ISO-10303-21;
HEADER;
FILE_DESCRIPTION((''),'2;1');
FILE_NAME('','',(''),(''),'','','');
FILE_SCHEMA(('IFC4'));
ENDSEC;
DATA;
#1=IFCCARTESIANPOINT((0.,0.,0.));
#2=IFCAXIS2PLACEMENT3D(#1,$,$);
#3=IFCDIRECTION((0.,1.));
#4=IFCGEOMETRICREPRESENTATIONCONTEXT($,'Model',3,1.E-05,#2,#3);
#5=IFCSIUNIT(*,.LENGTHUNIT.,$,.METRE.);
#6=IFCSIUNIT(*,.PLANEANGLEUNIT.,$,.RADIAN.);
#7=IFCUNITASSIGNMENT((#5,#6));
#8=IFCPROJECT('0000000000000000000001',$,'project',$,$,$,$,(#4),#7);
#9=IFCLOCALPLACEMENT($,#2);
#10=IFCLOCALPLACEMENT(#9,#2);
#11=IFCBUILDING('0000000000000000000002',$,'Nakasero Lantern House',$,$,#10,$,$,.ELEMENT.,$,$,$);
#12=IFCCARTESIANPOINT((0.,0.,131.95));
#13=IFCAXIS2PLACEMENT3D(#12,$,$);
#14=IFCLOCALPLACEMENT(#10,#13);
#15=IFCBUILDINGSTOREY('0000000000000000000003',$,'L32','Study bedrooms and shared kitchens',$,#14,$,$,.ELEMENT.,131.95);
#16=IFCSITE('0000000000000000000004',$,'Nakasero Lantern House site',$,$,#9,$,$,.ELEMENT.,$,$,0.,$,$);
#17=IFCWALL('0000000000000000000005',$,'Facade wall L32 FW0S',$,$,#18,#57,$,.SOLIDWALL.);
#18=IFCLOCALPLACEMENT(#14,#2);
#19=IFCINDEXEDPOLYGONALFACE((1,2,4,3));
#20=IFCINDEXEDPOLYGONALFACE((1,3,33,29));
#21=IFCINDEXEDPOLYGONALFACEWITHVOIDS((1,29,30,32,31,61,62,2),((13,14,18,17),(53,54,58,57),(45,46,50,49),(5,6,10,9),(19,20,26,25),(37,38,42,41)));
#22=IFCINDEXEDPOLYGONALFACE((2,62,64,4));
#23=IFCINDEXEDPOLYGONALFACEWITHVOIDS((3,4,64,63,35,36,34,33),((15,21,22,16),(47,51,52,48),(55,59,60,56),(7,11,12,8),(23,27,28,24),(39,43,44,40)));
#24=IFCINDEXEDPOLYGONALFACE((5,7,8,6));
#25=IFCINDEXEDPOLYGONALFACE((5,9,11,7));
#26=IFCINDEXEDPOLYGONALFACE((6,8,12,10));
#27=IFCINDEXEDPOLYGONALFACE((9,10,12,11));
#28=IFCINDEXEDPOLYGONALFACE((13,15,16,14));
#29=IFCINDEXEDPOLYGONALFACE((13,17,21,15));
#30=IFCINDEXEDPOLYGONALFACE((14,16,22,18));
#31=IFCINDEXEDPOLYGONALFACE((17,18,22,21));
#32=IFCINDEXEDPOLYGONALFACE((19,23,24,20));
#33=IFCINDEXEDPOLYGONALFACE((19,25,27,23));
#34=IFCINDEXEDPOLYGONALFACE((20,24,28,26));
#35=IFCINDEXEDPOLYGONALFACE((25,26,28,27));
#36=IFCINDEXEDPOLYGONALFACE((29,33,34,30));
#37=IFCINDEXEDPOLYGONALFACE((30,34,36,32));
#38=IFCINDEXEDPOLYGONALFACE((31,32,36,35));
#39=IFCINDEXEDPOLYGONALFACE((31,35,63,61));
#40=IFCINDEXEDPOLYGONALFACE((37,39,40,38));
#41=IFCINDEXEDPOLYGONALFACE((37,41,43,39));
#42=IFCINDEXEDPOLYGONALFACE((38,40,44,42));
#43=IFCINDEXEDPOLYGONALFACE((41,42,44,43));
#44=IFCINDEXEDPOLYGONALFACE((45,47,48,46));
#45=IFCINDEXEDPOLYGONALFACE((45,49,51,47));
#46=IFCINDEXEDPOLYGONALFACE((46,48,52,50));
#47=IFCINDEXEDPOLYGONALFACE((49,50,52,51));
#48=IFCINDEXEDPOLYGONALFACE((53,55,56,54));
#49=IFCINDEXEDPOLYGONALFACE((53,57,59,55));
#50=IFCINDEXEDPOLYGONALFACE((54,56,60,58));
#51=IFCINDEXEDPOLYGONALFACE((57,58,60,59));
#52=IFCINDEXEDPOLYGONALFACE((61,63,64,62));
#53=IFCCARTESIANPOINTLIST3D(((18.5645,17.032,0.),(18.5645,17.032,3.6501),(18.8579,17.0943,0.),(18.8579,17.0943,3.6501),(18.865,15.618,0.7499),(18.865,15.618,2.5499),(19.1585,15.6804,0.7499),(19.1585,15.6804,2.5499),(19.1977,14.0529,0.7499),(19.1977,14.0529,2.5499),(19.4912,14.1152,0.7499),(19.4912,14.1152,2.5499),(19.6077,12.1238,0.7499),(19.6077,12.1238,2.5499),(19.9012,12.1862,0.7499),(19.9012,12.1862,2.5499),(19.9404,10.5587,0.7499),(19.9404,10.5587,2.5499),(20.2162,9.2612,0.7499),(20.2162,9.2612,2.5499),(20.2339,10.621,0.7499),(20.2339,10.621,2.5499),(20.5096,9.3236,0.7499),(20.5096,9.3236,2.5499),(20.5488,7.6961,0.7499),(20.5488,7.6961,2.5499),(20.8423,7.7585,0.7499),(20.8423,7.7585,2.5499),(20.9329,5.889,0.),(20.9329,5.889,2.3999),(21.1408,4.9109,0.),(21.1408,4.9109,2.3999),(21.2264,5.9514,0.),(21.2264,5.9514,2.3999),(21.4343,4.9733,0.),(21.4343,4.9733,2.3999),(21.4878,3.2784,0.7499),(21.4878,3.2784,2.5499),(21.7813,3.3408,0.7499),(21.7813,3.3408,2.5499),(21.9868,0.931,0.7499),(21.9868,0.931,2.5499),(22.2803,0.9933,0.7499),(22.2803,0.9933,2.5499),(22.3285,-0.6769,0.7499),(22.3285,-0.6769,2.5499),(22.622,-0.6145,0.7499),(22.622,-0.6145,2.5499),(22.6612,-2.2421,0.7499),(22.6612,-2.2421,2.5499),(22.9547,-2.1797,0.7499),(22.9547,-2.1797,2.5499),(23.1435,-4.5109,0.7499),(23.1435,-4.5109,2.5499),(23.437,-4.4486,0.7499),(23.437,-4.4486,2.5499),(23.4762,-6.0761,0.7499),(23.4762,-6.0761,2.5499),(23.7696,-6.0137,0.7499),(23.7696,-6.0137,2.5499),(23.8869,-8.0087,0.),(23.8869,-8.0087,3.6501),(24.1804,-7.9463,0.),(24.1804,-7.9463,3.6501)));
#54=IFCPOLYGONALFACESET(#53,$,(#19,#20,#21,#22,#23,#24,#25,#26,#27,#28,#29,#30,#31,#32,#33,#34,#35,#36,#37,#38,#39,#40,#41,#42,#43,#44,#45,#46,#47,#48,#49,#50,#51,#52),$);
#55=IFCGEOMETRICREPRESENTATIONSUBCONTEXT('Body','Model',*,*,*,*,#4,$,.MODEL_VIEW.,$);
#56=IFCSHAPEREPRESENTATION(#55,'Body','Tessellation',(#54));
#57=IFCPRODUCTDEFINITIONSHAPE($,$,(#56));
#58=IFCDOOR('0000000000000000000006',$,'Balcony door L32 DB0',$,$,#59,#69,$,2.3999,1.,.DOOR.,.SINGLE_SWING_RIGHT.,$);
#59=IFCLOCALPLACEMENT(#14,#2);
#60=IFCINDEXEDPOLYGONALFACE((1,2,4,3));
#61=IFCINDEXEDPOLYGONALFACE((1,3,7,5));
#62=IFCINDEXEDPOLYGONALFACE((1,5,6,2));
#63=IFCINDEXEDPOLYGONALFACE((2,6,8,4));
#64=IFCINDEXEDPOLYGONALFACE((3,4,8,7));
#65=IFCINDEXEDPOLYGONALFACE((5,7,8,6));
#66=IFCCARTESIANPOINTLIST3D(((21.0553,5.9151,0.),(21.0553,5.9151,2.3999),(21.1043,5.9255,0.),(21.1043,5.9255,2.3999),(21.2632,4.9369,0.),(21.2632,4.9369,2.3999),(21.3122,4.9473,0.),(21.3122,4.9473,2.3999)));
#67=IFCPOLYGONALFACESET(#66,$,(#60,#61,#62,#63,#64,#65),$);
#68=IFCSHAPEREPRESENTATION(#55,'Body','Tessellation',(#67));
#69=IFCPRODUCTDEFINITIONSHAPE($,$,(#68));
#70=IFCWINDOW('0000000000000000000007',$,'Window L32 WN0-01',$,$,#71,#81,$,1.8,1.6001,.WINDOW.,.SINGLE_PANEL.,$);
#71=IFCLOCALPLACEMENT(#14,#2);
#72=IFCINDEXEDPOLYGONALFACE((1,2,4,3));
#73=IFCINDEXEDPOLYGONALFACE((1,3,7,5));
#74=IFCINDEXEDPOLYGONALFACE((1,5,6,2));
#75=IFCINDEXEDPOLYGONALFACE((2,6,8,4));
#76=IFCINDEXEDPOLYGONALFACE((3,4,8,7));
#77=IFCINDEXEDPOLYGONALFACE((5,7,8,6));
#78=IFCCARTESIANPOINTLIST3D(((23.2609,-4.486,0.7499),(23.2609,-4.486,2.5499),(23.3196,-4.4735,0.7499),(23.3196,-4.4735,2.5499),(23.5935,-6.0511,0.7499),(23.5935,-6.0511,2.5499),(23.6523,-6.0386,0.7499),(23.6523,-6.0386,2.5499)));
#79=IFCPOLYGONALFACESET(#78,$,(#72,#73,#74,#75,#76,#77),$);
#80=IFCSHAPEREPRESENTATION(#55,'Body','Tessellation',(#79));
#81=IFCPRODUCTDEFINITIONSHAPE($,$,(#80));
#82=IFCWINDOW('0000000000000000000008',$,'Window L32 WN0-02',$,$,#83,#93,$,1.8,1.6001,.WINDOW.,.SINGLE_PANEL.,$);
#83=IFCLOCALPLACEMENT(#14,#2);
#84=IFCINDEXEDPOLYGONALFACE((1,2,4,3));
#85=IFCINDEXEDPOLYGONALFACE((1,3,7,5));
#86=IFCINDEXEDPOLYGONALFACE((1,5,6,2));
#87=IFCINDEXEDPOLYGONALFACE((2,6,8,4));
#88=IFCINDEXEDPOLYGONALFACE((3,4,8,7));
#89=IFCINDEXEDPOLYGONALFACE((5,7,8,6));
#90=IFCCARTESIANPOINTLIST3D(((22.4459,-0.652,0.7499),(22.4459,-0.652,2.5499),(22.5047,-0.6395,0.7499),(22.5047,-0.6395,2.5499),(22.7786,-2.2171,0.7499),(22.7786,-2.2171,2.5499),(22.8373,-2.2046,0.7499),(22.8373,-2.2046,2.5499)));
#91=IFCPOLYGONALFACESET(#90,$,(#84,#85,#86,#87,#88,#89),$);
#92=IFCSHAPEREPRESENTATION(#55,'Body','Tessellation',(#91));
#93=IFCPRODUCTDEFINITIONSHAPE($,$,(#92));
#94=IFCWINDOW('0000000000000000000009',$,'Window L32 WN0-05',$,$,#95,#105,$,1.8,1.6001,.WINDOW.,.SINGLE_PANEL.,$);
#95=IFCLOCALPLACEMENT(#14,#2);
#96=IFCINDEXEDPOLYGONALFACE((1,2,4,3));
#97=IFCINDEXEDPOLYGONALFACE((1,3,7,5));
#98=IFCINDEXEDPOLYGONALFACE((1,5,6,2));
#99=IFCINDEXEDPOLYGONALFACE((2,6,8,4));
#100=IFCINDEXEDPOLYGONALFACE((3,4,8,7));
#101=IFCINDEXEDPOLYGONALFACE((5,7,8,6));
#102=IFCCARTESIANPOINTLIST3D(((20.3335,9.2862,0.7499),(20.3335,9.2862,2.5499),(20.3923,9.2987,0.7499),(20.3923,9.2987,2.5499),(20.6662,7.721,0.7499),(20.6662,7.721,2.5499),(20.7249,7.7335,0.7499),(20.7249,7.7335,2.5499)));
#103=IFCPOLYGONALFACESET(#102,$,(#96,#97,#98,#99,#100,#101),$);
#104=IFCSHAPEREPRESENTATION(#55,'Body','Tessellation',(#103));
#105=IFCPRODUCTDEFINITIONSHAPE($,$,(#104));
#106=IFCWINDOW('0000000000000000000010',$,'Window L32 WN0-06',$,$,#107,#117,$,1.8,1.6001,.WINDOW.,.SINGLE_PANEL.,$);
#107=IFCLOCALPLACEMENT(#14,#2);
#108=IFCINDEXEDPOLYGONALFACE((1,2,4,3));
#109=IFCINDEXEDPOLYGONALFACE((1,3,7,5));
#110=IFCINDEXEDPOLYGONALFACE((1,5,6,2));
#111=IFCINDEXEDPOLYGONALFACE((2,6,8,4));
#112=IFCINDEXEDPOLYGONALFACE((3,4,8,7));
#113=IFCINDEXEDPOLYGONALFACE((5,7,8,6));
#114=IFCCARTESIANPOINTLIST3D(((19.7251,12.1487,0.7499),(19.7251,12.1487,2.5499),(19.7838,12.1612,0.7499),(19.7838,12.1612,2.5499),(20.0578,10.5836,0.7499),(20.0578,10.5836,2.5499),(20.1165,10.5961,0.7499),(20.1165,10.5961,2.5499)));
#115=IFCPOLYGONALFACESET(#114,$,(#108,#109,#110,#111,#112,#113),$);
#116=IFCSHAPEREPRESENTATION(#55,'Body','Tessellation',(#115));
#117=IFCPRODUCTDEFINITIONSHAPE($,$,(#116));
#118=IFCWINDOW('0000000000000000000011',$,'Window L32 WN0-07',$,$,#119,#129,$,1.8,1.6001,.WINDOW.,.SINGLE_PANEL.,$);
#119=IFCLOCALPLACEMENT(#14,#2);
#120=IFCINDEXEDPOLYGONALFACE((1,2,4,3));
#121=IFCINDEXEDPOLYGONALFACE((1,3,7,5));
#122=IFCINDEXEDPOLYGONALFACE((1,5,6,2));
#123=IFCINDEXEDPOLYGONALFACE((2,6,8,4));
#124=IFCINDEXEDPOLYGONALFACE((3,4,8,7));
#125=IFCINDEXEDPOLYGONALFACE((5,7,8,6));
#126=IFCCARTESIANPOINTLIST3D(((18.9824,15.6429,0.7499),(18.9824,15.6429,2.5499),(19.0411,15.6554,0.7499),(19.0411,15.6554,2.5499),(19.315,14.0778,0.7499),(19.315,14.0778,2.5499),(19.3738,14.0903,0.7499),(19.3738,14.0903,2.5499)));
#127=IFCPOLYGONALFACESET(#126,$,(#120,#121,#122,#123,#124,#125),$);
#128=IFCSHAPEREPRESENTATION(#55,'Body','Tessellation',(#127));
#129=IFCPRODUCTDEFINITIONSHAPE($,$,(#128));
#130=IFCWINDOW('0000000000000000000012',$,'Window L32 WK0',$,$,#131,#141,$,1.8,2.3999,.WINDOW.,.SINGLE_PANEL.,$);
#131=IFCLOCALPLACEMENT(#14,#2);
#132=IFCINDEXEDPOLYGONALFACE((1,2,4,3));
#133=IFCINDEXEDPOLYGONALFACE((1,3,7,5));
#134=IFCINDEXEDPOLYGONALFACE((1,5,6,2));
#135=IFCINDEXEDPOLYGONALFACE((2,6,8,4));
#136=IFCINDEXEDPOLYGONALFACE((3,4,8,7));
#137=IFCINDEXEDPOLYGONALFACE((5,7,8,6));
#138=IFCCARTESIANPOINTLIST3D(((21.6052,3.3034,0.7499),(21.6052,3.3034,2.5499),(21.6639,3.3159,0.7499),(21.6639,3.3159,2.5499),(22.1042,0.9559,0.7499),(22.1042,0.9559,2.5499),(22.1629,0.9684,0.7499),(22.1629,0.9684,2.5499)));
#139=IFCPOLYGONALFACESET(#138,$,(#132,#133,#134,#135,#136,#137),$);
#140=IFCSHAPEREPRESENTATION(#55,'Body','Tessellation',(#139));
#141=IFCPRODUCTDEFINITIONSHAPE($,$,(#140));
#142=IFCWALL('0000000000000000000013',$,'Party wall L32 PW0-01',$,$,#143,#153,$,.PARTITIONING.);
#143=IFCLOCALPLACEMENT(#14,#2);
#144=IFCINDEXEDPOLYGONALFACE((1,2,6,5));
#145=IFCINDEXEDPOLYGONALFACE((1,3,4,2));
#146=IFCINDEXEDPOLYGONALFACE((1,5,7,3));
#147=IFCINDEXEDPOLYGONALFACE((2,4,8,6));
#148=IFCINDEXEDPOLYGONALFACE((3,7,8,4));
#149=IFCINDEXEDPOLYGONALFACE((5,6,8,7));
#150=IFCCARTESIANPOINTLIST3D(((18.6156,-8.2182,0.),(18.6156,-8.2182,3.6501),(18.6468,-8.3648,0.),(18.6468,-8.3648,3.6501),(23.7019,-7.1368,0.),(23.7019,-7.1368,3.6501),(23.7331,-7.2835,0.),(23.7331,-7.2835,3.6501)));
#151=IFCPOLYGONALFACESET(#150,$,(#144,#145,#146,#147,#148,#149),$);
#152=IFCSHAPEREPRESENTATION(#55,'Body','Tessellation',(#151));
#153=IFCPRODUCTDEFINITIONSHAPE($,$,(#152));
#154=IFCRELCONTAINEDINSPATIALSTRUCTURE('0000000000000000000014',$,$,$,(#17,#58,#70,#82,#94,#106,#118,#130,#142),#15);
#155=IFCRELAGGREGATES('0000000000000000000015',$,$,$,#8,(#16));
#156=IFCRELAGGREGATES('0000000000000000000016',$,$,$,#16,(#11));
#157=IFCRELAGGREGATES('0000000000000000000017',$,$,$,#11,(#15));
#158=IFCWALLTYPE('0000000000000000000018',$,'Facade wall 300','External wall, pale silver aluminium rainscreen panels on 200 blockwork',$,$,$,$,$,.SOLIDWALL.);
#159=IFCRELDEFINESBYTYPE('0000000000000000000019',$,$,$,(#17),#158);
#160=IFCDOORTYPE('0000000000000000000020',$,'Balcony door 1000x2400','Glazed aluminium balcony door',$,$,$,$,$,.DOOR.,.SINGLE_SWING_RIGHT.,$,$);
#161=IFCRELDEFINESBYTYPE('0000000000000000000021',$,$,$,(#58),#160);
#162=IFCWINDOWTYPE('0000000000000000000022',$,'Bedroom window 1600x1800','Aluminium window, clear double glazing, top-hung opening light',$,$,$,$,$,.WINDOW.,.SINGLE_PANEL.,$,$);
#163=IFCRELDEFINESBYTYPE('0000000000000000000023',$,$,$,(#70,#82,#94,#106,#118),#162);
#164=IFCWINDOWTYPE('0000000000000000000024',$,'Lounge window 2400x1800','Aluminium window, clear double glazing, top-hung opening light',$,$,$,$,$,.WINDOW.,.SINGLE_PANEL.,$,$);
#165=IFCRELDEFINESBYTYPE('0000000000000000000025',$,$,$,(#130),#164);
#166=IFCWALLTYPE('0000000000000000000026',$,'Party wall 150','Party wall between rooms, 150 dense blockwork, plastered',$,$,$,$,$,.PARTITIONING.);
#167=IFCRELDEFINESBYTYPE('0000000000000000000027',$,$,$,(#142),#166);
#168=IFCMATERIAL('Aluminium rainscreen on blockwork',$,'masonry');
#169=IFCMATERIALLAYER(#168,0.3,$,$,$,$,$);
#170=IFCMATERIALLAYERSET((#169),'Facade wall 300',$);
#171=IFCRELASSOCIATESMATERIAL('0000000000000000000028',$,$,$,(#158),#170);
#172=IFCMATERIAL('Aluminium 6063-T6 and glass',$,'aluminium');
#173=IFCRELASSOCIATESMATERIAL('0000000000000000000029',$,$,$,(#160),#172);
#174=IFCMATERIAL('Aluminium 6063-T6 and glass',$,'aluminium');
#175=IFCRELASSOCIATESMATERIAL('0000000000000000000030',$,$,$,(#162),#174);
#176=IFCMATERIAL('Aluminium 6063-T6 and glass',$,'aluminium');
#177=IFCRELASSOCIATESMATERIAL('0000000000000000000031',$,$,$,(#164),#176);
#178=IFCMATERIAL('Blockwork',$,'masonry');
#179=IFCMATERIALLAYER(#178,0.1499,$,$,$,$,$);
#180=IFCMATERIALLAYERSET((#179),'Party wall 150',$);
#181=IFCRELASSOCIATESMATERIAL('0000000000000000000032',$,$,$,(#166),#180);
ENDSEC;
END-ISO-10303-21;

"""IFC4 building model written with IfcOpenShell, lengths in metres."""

from ifc_helpers import new_model, si_unit, direction, frame, frame_2d, origin, place, context, subcontext, project, spatial, rectangle, extrude, material, layer, layer_set, type_object, element, fill, save


model = new_model("IFC4")

# Units and contexts
model_context = context("Model", 3, precision=1e-05, world=origin(), true_north=direction((0.0, 1.0)))
body_context = subcontext(model_context, "Body", "Model", "MODEL_VIEW")
ifc_project = project(units=[si_unit("LENGTHUNIT", "METRE"), si_unit("PLANEANGLEUNIT", "RADIAN")], contexts=[model_context])

# Site, building, storey
site_placement = place(None, origin())
site = spatial("IfcSite", under=ifc_project, at=site_placement, Name="Nakasero Lantern House site", CompositionType="ELEMENT", RefElevation=0.0)
building_placement = place(site_placement, origin())
building = spatial("IfcBuilding", under=site, at=building_placement, Name="Nakasero Lantern House", CompositionType="ELEMENT")
storey_placement = place(building_placement, frame((0.0, 0.0, 131.95)))
storey = spatial("IfcBuildingStorey", under=building, at=storey_placement, Name="L32", Description="Study bedrooms and shared kitchens", CompositionType="ELEMENT", Elevation=131.95)

# Wall, openings, door, windows
ifc_material_1 = material(Name="Aluminium rainscreen on blockwork", Category="masonry")
ifc_layer_1 = layer(ifc_material_1, 0.3)
ifc_layer_set_1 = layer_set([ifc_layer_1], Name="Facade wall 300")
wall_type_1 = type_object("IfcWallType", Name="Facade wall 300", Description="External wall, pale silver aluminium rainscreen panels on 200 blockwork", PredefinedType="SOLIDWALL", material=ifc_layer_set_1)
wall_1_placement = place(storey_placement, frame((24.0337, -7.9775, 0.0), z_axis=(0.0, 0.0, 1.0), x_axis=(-0.207909, 0.978148, 0.0)))
wall_1 = element("IfcWall", 1, at=wall_1_placement, inside=storey, type_object=wall_type_1, Name="Facade wall L32 FW0S", PredefinedType="SOLIDWALL", context=body_context, shape_type="SweptSolid", body=[
    extrude(rectangle(XDim=25.6001, YDim=0.3, at=frame_2d((12.8, 0.0))), origin(), (0.0, 0.0, 1.0), 3.6501),
])
opening_1_placement = place(wall_1_placement, frame((1.9758, 0.0, 0.75)))
opening_1 = element("IfcOpeningElement", 2, at=opening_1_placement, cuts=wall_1, PredefinedType="OPENING", context=body_context, shape_type="SweptSolid", body=[
    extrude(rectangle(XDim=1.6001, YDim=1.8, at=frame_2d((0.8, 0.8999))), frame((0.0, 0.1699, 0.0), z_axis=(0.0, -1.0, 0.0), x_axis=(1.0, 0.0, 0.0)), (0.0, 0.0, 1.0), 0.3401),
])
opening_2_placement = place(wall_1_placement, frame((5.8955, 0.0, 0.75)))
opening_2 = element("IfcOpeningElement", 3, at=opening_2_placement, cuts=wall_1, PredefinedType="OPENING", context=body_context, shape_type="SweptSolid", body=[
    extrude(rectangle(XDim=1.6001, YDim=1.8, at=frame_2d((0.8, 0.8999))), frame((0.0, 0.1699, 0.0), z_axis=(0.0, -1.0, 0.0), x_axis=(1.0, 0.0, 0.0)), (0.0, 0.0, 1.0), 0.3401),
])
opening_3_placement = place(wall_1_placement, frame((16.0557, 0.0, 0.75)))
opening_3 = element("IfcOpeningElement", 4, at=opening_3_placement, cuts=wall_1, PredefinedType="OPENING", context=body_context, shape_type="SweptSolid", body=[
    extrude(rectangle(XDim=1.6001, YDim=1.8, at=frame_2d((0.8, 0.8999))), frame((0.0, 0.1699, 0.0), z_axis=(0.0, -1.0, 0.0), x_axis=(1.0, 0.0, 0.0)), (0.0, 0.0, 1.0), 0.3401),
])
opening_4_placement = place(wall_1_placement, frame((18.9822, 0.0, 0.75)))
opening_4 = element("IfcOpeningElement", 5, at=opening_4_placement, cuts=wall_1, PredefinedType="OPENING", context=body_context, shape_type="SweptSolid", body=[
    extrude(rectangle(XDim=1.6001, YDim=1.8, at=frame_2d((0.8, 0.8999))), frame((0.0, 0.1699, 0.0), z_axis=(0.0, -1.0, 0.0), x_axis=(1.0, 0.0, 0.0)), (0.0, 0.0, 1.0), 0.3401),
])
opening_5_placement = place(wall_1_placement, frame((22.5544, 0.0, 0.75)))
opening_5 = element("IfcOpeningElement", 6, at=opening_5_placement, cuts=wall_1, PredefinedType="OPENING", context=body_context, shape_type="SweptSolid", body=[
    extrude(rectangle(XDim=1.6001, YDim=1.8, at=frame_2d((0.8, 0.8999))), frame((0.0, 0.1699, 0.0), z_axis=(0.0, -1.0, 0.0), x_axis=(1.0, 0.0, 0.0)), (0.0, 0.0, 1.0), 0.3401),
])
opening_6_placement = place(wall_1_placement, frame((9.1394, 0.0, 0.75)))
opening_6 = element("IfcOpeningElement", 7, at=opening_6_placement, cuts=wall_1, PredefinedType="OPENING", context=body_context, shape_type="SweptSolid", body=[
    extrude(rectangle(XDim=2.3999, YDim=1.8, at=frame_2d((1.2, 0.8999))), frame((0.0, 0.1699, 0.0), z_axis=(0.0, -1.0, 0.0), x_axis=(1.0, 0.0, 0.0)), (0.0, 0.0, 1.0), 0.3401),
])
opening_7_placement = place(wall_1_placement, frame((13.2083, 0.0, 0.0)))
opening_7 = element("IfcOpeningElement", 8, at=opening_7_placement, cuts=wall_1, PredefinedType="OPENING", context=body_context, shape_type="SweptSolid", body=[
    extrude(rectangle(XDim=1.0, YDim=2.3999, at=frame_2d((0.5, 1.2))), frame((0.0, 0.1699, 0.0), z_axis=(0.0, -1.0, 0.0), x_axis=(1.0, 0.0, 0.0)), (0.0, 0.0, 1.0), 0.3401),
])
ifc_material_2 = material(Name="Aluminium 6063-T6 and glass", Category="aluminium")
door_type_1 = type_object("IfcDoorType", Name="Balcony door 1000x2400", Description="Glazed aluminium balcony door", OperationType="SINGLE_SWING_RIGHT", PredefinedType="DOOR", material=ifc_material_2)
door_1_placement = place(opening_7_placement, origin())
door_1 = element("IfcDoor", 9, at=door_1_placement, inside=storey, type_object=door_type_1, Name="Balcony door L32 DB0", OperationType="SINGLE_SWING_RIGHT", OverallHeight=2.3999, OverallWidth=1.0, PredefinedType="DOOR", context=body_context, shape_type="SweptSolid", body=[
    extrude(rectangle(XDim=1.0, YDim=2.3999, at=frame_2d((0.5, 1.2))), frame((0.0, 0.0249, 0.0), z_axis=(0.0, -1.0, 0.0), x_axis=(1.0, 0.0, 0.0)), (0.0, 0.0, 1.0), 0.05),
])
fill(opening_7, door_1)
ifc_material_3 = material(Name="Aluminium 6063-T6 and glass", Category="aluminium")
window_type_1 = type_object("IfcWindowType", Name="Bedroom window 1600x1800", Description="Aluminium window, clear double glazing, top-hung opening light", PartitioningType="SINGLE_PANEL", PredefinedType="WINDOW", material=ifc_material_3)
window_1_placement = place(opening_1_placement, origin())
window_1 = element("IfcWindow", 10, at=window_1_placement, inside=storey, type_object=window_type_1, Name="Window L32 WN0-01", OverallHeight=1.8, OverallWidth=1.6001, PartitioningType="SINGLE_PANEL", PredefinedType="WINDOW", context=body_context, shape_type="SweptSolid", body=[
    extrude(rectangle(XDim=1.6001, YDim=1.8, at=frame_2d((0.8, 0.8999))), frame((0.0, 0.03, 0.0), z_axis=(0.0, -1.0, 0.0), x_axis=(1.0, 0.0, 0.0)), (0.0, 0.0, 1.0), 0.0601),
])
fill(opening_1, window_1)
window_2_placement = place(opening_2_placement, origin())
window_2 = element("IfcWindow", 11, at=window_2_placement, inside=storey, type_object=window_type_1, Name="Window L32 WN0-02", OverallHeight=1.8, OverallWidth=1.6001, PartitioningType="SINGLE_PANEL", PredefinedType="WINDOW", context=body_context, shape_type="SweptSolid", body=[
    extrude(rectangle(XDim=1.6001, YDim=1.8, at=frame_2d((0.8, 0.8999))), frame((0.0, 0.03, 0.0), z_axis=(0.0, -1.0, 0.0), x_axis=(1.0, 0.0, 0.0)), (0.0, 0.0, 1.0), 0.0601),
])
fill(opening_2, window_2)
window_3_placement = place(opening_3_placement, origin())
window_3 = element("IfcWindow", 12, at=window_3_placement, inside=storey, type_object=window_type_1, Name="Window L32 WN0-05", OverallHeight=1.8, OverallWidth=1.6001, PartitioningType="SINGLE_PANEL", PredefinedType="WINDOW", context=body_context, shape_type="SweptSolid", body=[
    extrude(rectangle(XDim=1.6001, YDim=1.8, at=frame_2d((0.8, 0.8999))), frame((0.0, 0.03, 0.0), z_axis=(0.0, -1.0, 0.0), x_axis=(1.0, 0.0, 0.0)), (0.0, 0.0, 1.0), 0.0601),
])
fill(opening_3, window_3)
window_4_placement = place(opening_4_placement, origin())
window_4 = element("IfcWindow", 13, at=window_4_placement, inside=storey, type_object=window_type_1, Name="Window L32 WN0-06", OverallHeight=1.8, OverallWidth=1.6001, PartitioningType="SINGLE_PANEL", PredefinedType="WINDOW", context=body_context, shape_type="SweptSolid", body=[
    extrude(rectangle(XDim=1.6001, YDim=1.8, at=frame_2d((0.8, 0.8999))), frame((0.0, 0.03, 0.0), z_axis=(0.0, -1.0, 0.0), x_axis=(1.0, 0.0, 0.0)), (0.0, 0.0, 1.0), 0.0601),
])
fill(opening_4, window_4)
window_5_placement = place(opening_5_placement, origin())
window_5 = element("IfcWindow", 14, at=window_5_placement, inside=storey, type_object=window_type_1, Name="Window L32 WN0-07", OverallHeight=1.8, OverallWidth=1.6001, PartitioningType="SINGLE_PANEL", PredefinedType="WINDOW", context=body_context, shape_type="SweptSolid", body=[
    extrude(rectangle(XDim=1.6001, YDim=1.8, at=frame_2d((0.8, 0.8999))), frame((0.0, 0.03, 0.0), z_axis=(0.0, -1.0, 0.0), x_axis=(1.0, 0.0, 0.0)), (0.0, 0.0, 1.0), 0.0601),
])
fill(opening_5, window_5)
ifc_material_4 = material(Name="Aluminium 6063-T6 and glass", Category="aluminium")
window_type_2 = type_object("IfcWindowType", Name="Lounge window 2400x1800", Description="Aluminium window, clear double glazing, top-hung opening light", PartitioningType="SINGLE_PANEL", PredefinedType="WINDOW", material=ifc_material_4)
window_6_placement = place(opening_6_placement, origin())
window_6 = element("IfcWindow", 15, at=window_6_placement, inside=storey, type_object=window_type_2, Name="Window L32 WK0", OverallHeight=1.8, OverallWidth=2.3999, PartitioningType="SINGLE_PANEL", PredefinedType="WINDOW", context=body_context, shape_type="SweptSolid", body=[
    extrude(rectangle(XDim=2.3999, YDim=1.8, at=frame_2d((1.2, 0.8999))), frame((0.0, 0.03, 0.0), z_axis=(0.0, -1.0, 0.0), x_axis=(1.0, 0.0, 0.0)), (0.0, 0.0, 1.0), 0.0601),
])
fill(opening_6, window_6)

# Wall
ifc_material_5 = material(Name="Blockwork", Category="masonry")
ifc_layer_2 = layer(ifc_material_5, 0.1499)
ifc_layer_set_2 = layer_set([ifc_layer_2], Name="Party wall 150")
wall_type_2 = type_object("IfcWallType", Name="Party wall 150", Description="Party wall between rooms, 150 dense blockwork, plastered", PredefinedType="PARTITIONING", material=ifc_layer_set_2)
wall_2_placement = place(storey_placement, frame((18.6311, -8.2915, 0.0), z_axis=(0.0, 0.0, 1.0), x_axis=(0.97814, 0.207948, 0.0)))
element("IfcWall", 16, at=wall_2_placement, inside=storey, type_object=wall_type_2, Name="Party wall L32 PW0-01", PredefinedType="PARTITIONING", context=body_context, shape_type="SweptSolid", body=[
    extrude(rectangle(XDim=5.2, YDim=0.1499, at=frame_2d((2.6001, 0.0))), origin(), (0.0, 0.0, 1.0), 3.6501),
])

save(model, "model.ifc")
